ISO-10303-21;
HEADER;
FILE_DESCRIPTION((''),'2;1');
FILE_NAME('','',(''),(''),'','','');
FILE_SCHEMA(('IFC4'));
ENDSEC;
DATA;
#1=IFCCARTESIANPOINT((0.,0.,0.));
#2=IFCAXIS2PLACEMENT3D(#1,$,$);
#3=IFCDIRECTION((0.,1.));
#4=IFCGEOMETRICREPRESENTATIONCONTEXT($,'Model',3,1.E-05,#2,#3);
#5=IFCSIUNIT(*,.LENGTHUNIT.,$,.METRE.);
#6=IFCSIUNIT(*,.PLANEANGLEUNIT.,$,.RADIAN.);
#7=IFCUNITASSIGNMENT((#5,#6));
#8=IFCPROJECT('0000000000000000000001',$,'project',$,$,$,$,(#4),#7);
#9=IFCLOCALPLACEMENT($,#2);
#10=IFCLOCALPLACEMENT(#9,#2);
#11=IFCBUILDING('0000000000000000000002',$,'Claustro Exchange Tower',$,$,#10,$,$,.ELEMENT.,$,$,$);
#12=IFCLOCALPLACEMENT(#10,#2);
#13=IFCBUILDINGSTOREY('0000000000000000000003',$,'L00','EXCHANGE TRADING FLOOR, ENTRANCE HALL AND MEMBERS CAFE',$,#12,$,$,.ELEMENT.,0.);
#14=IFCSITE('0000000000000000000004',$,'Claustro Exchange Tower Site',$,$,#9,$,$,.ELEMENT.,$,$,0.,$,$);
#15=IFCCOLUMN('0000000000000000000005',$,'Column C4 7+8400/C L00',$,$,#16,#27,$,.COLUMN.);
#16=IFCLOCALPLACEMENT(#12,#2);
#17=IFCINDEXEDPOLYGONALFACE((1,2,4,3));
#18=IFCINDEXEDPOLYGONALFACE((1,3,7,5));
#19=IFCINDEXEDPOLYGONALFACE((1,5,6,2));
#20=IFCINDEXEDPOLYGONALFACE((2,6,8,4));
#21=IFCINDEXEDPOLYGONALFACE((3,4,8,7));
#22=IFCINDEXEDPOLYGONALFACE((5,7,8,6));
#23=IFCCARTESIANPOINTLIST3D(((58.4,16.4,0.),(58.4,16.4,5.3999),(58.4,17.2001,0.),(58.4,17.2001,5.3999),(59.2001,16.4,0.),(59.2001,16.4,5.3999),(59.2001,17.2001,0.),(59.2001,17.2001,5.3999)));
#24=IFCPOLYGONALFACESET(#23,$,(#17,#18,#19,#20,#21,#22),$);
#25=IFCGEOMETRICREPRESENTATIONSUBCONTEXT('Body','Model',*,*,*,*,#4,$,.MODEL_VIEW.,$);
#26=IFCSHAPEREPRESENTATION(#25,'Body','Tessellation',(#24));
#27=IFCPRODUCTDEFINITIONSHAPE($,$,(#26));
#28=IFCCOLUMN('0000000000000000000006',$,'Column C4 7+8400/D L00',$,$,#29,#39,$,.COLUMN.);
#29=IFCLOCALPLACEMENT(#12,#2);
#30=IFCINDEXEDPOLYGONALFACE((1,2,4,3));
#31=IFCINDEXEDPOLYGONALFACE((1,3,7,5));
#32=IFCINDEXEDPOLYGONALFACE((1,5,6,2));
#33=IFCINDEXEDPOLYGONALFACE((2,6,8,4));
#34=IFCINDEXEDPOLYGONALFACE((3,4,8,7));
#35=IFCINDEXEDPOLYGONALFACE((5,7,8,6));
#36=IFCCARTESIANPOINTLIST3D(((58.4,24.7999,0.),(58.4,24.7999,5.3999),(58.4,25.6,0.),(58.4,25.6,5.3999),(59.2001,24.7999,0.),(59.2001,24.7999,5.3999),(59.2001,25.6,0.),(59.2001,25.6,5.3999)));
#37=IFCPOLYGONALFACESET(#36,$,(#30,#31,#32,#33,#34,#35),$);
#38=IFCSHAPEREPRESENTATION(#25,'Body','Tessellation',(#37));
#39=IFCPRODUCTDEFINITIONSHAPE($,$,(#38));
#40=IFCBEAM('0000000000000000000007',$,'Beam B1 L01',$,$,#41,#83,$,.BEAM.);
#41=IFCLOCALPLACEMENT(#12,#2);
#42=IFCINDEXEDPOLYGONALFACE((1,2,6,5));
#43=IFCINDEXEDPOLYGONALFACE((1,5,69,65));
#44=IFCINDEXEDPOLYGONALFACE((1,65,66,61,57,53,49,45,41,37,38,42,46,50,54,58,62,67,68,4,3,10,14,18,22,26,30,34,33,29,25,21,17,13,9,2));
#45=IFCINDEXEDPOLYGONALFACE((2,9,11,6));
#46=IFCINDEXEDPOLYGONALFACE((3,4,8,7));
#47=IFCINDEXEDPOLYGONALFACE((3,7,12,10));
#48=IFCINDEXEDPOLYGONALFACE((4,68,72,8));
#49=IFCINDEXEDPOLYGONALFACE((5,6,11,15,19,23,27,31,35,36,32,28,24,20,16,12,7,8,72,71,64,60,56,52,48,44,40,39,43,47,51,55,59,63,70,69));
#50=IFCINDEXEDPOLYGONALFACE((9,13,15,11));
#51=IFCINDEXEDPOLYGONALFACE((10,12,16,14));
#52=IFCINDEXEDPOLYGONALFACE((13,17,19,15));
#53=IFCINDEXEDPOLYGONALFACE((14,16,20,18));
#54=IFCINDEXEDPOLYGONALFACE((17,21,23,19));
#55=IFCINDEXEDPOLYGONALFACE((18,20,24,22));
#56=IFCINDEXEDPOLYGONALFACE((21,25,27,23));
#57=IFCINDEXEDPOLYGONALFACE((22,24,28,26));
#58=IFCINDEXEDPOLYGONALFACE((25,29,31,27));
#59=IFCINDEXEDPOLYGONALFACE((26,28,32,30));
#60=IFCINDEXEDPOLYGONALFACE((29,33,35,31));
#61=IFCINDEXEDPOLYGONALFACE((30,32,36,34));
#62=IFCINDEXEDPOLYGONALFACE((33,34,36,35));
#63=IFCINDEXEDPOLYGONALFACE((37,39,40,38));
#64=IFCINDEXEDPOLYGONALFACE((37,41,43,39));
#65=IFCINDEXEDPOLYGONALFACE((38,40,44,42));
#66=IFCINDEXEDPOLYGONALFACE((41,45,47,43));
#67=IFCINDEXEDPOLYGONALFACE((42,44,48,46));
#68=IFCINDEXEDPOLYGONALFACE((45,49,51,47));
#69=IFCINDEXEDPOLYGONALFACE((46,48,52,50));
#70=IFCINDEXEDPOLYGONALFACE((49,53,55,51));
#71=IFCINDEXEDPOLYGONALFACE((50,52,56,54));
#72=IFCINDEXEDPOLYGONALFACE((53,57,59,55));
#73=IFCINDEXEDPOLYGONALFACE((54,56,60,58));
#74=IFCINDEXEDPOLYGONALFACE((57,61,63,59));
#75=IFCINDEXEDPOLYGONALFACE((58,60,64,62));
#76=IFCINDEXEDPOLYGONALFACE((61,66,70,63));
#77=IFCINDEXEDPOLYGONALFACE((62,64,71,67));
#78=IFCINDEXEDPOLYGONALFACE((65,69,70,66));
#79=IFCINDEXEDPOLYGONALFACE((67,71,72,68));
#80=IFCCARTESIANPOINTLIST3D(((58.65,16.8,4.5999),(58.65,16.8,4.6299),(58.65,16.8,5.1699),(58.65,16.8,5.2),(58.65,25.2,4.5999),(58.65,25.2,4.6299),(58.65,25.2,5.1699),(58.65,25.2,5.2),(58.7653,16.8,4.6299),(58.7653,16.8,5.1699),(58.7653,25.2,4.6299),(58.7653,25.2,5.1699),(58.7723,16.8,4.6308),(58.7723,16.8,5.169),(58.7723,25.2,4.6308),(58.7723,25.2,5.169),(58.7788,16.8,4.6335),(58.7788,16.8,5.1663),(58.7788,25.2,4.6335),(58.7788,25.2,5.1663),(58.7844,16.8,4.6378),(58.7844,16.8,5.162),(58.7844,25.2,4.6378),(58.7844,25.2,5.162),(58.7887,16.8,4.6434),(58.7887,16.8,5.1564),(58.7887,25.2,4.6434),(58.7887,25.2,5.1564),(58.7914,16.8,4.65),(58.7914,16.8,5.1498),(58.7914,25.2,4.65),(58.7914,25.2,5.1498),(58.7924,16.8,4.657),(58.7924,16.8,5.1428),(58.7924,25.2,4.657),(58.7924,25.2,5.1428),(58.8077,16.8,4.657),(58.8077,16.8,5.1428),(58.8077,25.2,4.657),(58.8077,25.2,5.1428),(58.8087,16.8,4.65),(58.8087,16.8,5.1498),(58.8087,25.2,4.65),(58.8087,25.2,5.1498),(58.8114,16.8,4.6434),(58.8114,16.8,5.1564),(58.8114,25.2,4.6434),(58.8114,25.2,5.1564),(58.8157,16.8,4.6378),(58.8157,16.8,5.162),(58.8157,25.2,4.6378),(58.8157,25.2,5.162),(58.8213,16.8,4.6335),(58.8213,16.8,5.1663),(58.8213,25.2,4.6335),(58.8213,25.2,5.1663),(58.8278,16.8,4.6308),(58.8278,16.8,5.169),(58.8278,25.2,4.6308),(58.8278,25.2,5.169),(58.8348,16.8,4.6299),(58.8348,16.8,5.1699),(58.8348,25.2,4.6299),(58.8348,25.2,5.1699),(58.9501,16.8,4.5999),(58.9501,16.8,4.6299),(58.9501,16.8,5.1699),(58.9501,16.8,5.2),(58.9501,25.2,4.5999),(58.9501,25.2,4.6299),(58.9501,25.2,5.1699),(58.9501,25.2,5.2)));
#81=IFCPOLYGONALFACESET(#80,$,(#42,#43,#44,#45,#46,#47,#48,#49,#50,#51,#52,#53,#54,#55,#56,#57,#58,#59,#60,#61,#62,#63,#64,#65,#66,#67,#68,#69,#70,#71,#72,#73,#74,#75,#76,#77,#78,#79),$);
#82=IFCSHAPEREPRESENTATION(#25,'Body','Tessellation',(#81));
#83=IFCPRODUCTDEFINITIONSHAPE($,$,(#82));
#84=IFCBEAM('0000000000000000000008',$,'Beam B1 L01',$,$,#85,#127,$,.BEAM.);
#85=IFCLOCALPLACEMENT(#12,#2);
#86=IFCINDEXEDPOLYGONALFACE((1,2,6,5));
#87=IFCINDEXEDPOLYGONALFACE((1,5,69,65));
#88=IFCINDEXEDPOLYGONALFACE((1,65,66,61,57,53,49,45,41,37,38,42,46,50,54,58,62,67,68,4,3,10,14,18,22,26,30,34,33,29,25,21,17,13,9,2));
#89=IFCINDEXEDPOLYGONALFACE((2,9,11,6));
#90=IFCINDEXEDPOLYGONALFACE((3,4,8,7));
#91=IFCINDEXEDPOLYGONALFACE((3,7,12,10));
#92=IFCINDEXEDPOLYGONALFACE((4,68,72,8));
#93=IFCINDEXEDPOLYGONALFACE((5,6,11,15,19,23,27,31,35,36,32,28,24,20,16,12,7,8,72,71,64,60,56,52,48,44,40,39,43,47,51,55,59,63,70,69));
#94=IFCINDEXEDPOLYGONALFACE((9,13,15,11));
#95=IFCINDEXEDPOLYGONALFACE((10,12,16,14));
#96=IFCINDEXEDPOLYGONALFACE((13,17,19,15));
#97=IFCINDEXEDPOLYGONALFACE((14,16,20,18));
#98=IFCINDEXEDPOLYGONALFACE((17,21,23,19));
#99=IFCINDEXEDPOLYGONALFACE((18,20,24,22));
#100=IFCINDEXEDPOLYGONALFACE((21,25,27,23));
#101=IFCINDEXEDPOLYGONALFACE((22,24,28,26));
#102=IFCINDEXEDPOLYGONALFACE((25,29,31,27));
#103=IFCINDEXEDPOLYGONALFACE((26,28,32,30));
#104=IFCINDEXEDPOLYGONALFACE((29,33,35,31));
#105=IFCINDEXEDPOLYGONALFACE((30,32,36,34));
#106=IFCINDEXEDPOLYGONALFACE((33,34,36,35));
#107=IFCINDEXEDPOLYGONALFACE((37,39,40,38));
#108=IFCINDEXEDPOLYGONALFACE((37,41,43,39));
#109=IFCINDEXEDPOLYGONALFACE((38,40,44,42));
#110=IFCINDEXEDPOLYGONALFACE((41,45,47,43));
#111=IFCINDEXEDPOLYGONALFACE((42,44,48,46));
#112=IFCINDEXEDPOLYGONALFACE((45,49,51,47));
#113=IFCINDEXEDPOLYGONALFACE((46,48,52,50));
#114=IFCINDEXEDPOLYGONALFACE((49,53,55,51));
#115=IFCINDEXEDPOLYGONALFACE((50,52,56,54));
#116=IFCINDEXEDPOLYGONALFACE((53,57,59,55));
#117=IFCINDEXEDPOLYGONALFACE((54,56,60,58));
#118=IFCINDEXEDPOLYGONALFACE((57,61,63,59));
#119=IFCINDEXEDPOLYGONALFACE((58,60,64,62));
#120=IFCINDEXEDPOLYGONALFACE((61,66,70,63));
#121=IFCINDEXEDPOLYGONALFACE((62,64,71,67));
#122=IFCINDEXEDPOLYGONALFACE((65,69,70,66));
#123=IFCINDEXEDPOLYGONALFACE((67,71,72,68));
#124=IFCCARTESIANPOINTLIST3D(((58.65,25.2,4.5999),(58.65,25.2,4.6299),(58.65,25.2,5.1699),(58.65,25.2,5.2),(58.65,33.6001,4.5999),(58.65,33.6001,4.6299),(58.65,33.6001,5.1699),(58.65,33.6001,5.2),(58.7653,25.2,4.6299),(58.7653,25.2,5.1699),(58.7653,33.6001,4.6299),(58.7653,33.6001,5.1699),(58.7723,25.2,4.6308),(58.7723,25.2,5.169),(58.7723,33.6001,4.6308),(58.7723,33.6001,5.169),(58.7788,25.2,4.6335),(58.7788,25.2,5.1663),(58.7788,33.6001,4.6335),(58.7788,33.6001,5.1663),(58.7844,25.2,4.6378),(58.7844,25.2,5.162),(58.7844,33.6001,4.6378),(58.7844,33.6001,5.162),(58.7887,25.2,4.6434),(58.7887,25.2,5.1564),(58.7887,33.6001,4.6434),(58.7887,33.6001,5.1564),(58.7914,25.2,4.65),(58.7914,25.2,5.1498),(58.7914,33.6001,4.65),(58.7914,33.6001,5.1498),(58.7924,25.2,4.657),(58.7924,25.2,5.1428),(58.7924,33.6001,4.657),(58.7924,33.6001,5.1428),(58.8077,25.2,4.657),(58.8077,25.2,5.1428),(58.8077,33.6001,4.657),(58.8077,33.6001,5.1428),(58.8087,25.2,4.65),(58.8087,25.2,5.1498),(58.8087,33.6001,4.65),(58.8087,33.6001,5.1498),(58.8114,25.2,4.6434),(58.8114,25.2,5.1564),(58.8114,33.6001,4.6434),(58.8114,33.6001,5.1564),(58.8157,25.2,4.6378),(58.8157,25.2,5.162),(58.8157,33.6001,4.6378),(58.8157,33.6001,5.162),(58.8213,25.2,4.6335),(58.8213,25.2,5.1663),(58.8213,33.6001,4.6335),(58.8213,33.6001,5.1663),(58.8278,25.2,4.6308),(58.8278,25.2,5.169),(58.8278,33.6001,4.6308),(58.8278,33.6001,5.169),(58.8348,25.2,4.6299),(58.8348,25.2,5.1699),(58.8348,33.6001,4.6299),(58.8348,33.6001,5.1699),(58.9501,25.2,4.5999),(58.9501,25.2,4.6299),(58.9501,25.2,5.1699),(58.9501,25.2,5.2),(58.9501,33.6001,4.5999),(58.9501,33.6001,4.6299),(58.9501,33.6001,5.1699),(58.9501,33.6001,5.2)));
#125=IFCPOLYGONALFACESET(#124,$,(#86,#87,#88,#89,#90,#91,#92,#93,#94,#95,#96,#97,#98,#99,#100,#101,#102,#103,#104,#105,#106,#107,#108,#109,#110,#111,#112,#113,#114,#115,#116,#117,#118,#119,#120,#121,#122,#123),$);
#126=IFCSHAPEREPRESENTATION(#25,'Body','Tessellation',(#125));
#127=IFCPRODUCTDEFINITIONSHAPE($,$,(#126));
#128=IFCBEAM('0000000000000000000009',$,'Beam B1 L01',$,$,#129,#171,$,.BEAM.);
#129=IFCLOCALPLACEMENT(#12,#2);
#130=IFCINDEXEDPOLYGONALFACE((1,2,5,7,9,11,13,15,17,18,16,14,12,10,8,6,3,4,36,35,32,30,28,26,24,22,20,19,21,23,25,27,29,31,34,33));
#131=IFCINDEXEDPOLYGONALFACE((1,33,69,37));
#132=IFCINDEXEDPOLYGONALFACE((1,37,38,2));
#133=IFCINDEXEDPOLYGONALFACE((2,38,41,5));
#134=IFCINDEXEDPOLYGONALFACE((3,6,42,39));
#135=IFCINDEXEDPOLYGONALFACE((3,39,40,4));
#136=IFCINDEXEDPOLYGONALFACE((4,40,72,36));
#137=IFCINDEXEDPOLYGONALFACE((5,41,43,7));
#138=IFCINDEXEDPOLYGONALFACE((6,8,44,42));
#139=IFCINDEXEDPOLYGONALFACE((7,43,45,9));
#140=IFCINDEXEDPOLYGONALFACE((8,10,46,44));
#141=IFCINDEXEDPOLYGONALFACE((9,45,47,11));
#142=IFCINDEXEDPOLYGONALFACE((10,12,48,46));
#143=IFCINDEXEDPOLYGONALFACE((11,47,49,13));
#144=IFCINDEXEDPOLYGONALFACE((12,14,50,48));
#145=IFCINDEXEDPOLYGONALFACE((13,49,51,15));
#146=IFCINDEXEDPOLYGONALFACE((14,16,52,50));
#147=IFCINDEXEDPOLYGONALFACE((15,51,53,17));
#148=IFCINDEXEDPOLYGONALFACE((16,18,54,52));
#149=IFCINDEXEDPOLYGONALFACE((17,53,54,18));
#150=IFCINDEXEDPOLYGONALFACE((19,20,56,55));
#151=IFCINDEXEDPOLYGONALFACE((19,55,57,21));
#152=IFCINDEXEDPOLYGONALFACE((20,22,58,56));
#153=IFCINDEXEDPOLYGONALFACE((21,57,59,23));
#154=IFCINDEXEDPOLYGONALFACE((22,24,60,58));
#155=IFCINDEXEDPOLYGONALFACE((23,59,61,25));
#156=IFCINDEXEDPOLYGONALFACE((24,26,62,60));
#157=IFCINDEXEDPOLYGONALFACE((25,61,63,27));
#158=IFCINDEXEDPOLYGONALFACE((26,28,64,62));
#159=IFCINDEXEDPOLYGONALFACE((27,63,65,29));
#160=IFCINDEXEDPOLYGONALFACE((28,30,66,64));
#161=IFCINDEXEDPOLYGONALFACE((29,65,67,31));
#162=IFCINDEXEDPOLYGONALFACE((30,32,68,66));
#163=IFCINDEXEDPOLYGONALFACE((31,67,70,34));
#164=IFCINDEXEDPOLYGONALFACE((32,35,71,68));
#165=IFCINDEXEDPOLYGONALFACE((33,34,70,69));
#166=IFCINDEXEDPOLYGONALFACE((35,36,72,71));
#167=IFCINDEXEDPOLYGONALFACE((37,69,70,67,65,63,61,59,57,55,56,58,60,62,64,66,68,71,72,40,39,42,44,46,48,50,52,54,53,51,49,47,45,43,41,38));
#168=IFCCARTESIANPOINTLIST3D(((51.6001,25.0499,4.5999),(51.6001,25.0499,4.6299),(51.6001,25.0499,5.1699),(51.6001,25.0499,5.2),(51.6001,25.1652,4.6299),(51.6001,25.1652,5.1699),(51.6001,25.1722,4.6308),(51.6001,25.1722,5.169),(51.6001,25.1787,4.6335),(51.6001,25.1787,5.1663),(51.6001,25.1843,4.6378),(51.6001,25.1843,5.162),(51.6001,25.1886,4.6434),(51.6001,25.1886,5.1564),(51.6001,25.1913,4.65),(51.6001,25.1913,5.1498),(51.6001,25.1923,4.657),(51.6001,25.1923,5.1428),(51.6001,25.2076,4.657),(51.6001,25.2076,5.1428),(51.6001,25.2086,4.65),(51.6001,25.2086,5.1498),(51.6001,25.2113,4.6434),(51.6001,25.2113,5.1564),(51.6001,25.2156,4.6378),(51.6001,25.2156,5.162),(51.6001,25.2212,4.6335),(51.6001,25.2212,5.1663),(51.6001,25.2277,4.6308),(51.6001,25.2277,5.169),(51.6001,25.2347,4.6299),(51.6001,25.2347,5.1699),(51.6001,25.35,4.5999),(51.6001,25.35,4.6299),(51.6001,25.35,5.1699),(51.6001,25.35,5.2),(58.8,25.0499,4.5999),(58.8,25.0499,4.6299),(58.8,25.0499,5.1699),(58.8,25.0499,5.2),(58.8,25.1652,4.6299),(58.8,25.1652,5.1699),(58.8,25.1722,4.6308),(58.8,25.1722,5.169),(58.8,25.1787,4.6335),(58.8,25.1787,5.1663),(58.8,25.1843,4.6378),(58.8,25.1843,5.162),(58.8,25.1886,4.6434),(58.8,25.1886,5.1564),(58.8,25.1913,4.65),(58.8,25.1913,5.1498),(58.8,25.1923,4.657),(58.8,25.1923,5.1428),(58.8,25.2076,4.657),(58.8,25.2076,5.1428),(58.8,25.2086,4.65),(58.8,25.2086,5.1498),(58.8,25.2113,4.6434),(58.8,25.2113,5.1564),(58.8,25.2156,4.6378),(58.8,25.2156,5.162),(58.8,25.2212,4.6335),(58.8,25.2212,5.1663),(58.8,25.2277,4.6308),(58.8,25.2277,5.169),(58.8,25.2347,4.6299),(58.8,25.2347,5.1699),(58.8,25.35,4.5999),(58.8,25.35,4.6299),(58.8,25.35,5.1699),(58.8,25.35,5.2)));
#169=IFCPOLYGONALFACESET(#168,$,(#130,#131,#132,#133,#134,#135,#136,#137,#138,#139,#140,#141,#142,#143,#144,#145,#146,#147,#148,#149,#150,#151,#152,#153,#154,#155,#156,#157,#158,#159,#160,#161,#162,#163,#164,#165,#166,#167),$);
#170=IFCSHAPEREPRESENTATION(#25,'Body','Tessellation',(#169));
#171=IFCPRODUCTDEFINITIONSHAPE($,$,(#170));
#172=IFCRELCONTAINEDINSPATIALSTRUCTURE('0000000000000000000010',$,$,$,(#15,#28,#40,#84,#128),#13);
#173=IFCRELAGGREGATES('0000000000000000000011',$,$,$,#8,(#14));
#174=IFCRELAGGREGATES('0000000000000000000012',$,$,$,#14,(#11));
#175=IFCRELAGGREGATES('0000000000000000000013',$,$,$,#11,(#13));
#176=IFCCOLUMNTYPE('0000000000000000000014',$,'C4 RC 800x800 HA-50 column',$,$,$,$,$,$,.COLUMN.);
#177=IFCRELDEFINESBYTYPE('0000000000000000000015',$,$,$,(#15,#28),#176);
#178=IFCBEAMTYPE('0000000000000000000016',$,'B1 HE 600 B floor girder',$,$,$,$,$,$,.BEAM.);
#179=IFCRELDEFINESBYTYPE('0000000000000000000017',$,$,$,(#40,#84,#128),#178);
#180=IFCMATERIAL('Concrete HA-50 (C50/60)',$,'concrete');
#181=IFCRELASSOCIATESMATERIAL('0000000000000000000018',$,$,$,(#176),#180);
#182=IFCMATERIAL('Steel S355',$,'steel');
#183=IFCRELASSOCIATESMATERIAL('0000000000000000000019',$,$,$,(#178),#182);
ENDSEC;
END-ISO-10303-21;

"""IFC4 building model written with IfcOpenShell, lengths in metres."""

from ifc_helpers import new_model, si_unit, direction, frame, origin, origin_2d, place, context, subcontext, project, spatial, rectangle, i_section, extrude, material, material_profile, profile_set, type_object, element, save


model = new_model("IFC4")

# Units and contexts
model_context = context("Model", 3, precision=1e-05, world=origin(), true_north=direction((0.0, 1.0)))
body_context = subcontext(model_context, "Body", "Model", "MODEL_VIEW")
ifc_project = project(units=[si_unit("LENGTHUNIT", "METRE"), si_unit("PLANEANGLEUNIT", "RADIAN")], contexts=[model_context])

# Site, building, storey
site_placement = place(None, origin())
site = spatial("IfcSite", under=ifc_project, at=site_placement, Name="Claustro Exchange Tower Site", CompositionType="ELEMENT", RefElevation=0.0)
building_placement = place(site_placement, origin())
building = spatial("IfcBuilding", under=site, at=building_placement, Name="Claustro Exchange Tower", CompositionType="ELEMENT")
storey_placement = place(building_placement, origin())
storey = spatial("IfcBuildingStorey", under=building, at=storey_placement, Name="L00", Description="EXCHANGE TRADING FLOOR, ENTRANCE HALL AND MEMBERS CAFE", CompositionType="ELEMENT", Elevation=0.0)

# Columns
ifc_material_1 = material(Name="Concrete HA-50 (C50/60)", Category="concrete")
ifc_material_profile_1 = material_profile(ifc_material_1, rectangle(XDim=0.8, YDim=0.8, at=origin_2d()), Name="RC 800x800")
ifc_profile_set_1 = profile_set([ifc_material_profile_1], Name="Concrete HA-50 (C50/60)")
column_type = type_object("IfcColumnType", Name="C4 RC 800x800 HA-50 column", PredefinedType="COLUMN", material=ifc_profile_set_1)
for number, where, z_axis, x_axis, name in (
    (1, (58.8, 16.8, 0.0), (0.0, 0.0, 1.0), (1.0, 0.0, 0.0), "Column C4 7+8400/C L00"),
    (2, (58.8, 25.2, 0.0), (0.0, 0.0, 1.0), (1.0, 0.0, 0.0), "Column C4 7+8400/D L00"),
):
    element("IfcColumn", number, at=place(storey_placement, frame(where, z_axis=z_axis, x_axis=x_axis)), inside=storey, type_object=column_type, Name=name, PredefinedType="COLUMN", context=body_context, shape_type="SweptSolid", body=[
        extrude(rectangle(XDim=0.8, YDim=0.8, at=origin_2d()), origin(), (0.0, 0.0, 1.0), 5.3999),
    ])

# Beams
ifc_material_2 = material(Name="Steel S355", Category="steel")
ifc_material_profile_2 = material_profile(ifc_material_2, i_section(OverallWidth=0.3, OverallDepth=0.6001, WebThickness=0.0154, FlangeThickness=0.03, FilletRadius=0.0271, at=origin_2d()), Name="HE 600 B")
ifc_profile_set_2 = profile_set([ifc_material_profile_2], Name="Steel S355")
beam_type_1 = type_object("IfcBeamType", Name="B1 HE 600 B floor girder", PredefinedType="BEAM", material=ifc_profile_set_2)
beam_1_placement = place(storey_placement, frame((58.8, 16.8, 4.8999), z_axis=(0.0, 1.0, 0.0), x_axis=(-1.0, 0.0, 0.0)))
element("IfcBeam", 3, at=beam_1_placement, inside=storey, type_object=beam_type_1, Name="Beam B1 L01", PredefinedType="BEAM", context=body_context, shape_type="SweptSolid", body=[
    extrude(i_section(OverallWidth=0.3, OverallDepth=0.6001, WebThickness=0.0154, FlangeThickness=0.03, FilletRadius=0.0271, at=origin_2d()), origin(), (0.0, 0.0, 1.0), 8.3999),
])
beam_2_placement = place(storey_placement, frame((58.8, 25.2, 4.8999), z_axis=(0.0, 1.0, 0.0), x_axis=(-1.0, 0.0, 0.0)))
element("IfcBeam", 4, at=beam_2_placement, inside=storey, type_object=beam_type_1, Name="Beam B1 L01", PredefinedType="BEAM", context=body_context, shape_type="SweptSolid", body=[
    extrude(i_section(OverallWidth=0.3, OverallDepth=0.6001, WebThickness=0.0154, FlangeThickness=0.03, FilletRadius=0.0271, at=origin_2d()), origin(), (0.0, 0.0, 1.0), 8.4001),
])
beam_3_placement = place(storey_placement, frame((51.6001, 25.2, 4.8999), z_axis=(1.0, 0.0, 0.0), x_axis=(0.0, 1.0, 0.0)))
element("IfcBeam", 5, at=beam_3_placement, inside=storey, type_object=beam_type_1, Name="Beam B1 L01", PredefinedType="BEAM", context=body_context, shape_type="SweptSolid", body=[
    extrude(i_section(OverallWidth=0.3, OverallDepth=0.6001, WebThickness=0.0154, FlangeThickness=0.03, FilletRadius=0.0271, at=origin_2d()), origin(), (0.0, 0.0, 1.0), 7.2),
])

save(model, "model.ifc")
